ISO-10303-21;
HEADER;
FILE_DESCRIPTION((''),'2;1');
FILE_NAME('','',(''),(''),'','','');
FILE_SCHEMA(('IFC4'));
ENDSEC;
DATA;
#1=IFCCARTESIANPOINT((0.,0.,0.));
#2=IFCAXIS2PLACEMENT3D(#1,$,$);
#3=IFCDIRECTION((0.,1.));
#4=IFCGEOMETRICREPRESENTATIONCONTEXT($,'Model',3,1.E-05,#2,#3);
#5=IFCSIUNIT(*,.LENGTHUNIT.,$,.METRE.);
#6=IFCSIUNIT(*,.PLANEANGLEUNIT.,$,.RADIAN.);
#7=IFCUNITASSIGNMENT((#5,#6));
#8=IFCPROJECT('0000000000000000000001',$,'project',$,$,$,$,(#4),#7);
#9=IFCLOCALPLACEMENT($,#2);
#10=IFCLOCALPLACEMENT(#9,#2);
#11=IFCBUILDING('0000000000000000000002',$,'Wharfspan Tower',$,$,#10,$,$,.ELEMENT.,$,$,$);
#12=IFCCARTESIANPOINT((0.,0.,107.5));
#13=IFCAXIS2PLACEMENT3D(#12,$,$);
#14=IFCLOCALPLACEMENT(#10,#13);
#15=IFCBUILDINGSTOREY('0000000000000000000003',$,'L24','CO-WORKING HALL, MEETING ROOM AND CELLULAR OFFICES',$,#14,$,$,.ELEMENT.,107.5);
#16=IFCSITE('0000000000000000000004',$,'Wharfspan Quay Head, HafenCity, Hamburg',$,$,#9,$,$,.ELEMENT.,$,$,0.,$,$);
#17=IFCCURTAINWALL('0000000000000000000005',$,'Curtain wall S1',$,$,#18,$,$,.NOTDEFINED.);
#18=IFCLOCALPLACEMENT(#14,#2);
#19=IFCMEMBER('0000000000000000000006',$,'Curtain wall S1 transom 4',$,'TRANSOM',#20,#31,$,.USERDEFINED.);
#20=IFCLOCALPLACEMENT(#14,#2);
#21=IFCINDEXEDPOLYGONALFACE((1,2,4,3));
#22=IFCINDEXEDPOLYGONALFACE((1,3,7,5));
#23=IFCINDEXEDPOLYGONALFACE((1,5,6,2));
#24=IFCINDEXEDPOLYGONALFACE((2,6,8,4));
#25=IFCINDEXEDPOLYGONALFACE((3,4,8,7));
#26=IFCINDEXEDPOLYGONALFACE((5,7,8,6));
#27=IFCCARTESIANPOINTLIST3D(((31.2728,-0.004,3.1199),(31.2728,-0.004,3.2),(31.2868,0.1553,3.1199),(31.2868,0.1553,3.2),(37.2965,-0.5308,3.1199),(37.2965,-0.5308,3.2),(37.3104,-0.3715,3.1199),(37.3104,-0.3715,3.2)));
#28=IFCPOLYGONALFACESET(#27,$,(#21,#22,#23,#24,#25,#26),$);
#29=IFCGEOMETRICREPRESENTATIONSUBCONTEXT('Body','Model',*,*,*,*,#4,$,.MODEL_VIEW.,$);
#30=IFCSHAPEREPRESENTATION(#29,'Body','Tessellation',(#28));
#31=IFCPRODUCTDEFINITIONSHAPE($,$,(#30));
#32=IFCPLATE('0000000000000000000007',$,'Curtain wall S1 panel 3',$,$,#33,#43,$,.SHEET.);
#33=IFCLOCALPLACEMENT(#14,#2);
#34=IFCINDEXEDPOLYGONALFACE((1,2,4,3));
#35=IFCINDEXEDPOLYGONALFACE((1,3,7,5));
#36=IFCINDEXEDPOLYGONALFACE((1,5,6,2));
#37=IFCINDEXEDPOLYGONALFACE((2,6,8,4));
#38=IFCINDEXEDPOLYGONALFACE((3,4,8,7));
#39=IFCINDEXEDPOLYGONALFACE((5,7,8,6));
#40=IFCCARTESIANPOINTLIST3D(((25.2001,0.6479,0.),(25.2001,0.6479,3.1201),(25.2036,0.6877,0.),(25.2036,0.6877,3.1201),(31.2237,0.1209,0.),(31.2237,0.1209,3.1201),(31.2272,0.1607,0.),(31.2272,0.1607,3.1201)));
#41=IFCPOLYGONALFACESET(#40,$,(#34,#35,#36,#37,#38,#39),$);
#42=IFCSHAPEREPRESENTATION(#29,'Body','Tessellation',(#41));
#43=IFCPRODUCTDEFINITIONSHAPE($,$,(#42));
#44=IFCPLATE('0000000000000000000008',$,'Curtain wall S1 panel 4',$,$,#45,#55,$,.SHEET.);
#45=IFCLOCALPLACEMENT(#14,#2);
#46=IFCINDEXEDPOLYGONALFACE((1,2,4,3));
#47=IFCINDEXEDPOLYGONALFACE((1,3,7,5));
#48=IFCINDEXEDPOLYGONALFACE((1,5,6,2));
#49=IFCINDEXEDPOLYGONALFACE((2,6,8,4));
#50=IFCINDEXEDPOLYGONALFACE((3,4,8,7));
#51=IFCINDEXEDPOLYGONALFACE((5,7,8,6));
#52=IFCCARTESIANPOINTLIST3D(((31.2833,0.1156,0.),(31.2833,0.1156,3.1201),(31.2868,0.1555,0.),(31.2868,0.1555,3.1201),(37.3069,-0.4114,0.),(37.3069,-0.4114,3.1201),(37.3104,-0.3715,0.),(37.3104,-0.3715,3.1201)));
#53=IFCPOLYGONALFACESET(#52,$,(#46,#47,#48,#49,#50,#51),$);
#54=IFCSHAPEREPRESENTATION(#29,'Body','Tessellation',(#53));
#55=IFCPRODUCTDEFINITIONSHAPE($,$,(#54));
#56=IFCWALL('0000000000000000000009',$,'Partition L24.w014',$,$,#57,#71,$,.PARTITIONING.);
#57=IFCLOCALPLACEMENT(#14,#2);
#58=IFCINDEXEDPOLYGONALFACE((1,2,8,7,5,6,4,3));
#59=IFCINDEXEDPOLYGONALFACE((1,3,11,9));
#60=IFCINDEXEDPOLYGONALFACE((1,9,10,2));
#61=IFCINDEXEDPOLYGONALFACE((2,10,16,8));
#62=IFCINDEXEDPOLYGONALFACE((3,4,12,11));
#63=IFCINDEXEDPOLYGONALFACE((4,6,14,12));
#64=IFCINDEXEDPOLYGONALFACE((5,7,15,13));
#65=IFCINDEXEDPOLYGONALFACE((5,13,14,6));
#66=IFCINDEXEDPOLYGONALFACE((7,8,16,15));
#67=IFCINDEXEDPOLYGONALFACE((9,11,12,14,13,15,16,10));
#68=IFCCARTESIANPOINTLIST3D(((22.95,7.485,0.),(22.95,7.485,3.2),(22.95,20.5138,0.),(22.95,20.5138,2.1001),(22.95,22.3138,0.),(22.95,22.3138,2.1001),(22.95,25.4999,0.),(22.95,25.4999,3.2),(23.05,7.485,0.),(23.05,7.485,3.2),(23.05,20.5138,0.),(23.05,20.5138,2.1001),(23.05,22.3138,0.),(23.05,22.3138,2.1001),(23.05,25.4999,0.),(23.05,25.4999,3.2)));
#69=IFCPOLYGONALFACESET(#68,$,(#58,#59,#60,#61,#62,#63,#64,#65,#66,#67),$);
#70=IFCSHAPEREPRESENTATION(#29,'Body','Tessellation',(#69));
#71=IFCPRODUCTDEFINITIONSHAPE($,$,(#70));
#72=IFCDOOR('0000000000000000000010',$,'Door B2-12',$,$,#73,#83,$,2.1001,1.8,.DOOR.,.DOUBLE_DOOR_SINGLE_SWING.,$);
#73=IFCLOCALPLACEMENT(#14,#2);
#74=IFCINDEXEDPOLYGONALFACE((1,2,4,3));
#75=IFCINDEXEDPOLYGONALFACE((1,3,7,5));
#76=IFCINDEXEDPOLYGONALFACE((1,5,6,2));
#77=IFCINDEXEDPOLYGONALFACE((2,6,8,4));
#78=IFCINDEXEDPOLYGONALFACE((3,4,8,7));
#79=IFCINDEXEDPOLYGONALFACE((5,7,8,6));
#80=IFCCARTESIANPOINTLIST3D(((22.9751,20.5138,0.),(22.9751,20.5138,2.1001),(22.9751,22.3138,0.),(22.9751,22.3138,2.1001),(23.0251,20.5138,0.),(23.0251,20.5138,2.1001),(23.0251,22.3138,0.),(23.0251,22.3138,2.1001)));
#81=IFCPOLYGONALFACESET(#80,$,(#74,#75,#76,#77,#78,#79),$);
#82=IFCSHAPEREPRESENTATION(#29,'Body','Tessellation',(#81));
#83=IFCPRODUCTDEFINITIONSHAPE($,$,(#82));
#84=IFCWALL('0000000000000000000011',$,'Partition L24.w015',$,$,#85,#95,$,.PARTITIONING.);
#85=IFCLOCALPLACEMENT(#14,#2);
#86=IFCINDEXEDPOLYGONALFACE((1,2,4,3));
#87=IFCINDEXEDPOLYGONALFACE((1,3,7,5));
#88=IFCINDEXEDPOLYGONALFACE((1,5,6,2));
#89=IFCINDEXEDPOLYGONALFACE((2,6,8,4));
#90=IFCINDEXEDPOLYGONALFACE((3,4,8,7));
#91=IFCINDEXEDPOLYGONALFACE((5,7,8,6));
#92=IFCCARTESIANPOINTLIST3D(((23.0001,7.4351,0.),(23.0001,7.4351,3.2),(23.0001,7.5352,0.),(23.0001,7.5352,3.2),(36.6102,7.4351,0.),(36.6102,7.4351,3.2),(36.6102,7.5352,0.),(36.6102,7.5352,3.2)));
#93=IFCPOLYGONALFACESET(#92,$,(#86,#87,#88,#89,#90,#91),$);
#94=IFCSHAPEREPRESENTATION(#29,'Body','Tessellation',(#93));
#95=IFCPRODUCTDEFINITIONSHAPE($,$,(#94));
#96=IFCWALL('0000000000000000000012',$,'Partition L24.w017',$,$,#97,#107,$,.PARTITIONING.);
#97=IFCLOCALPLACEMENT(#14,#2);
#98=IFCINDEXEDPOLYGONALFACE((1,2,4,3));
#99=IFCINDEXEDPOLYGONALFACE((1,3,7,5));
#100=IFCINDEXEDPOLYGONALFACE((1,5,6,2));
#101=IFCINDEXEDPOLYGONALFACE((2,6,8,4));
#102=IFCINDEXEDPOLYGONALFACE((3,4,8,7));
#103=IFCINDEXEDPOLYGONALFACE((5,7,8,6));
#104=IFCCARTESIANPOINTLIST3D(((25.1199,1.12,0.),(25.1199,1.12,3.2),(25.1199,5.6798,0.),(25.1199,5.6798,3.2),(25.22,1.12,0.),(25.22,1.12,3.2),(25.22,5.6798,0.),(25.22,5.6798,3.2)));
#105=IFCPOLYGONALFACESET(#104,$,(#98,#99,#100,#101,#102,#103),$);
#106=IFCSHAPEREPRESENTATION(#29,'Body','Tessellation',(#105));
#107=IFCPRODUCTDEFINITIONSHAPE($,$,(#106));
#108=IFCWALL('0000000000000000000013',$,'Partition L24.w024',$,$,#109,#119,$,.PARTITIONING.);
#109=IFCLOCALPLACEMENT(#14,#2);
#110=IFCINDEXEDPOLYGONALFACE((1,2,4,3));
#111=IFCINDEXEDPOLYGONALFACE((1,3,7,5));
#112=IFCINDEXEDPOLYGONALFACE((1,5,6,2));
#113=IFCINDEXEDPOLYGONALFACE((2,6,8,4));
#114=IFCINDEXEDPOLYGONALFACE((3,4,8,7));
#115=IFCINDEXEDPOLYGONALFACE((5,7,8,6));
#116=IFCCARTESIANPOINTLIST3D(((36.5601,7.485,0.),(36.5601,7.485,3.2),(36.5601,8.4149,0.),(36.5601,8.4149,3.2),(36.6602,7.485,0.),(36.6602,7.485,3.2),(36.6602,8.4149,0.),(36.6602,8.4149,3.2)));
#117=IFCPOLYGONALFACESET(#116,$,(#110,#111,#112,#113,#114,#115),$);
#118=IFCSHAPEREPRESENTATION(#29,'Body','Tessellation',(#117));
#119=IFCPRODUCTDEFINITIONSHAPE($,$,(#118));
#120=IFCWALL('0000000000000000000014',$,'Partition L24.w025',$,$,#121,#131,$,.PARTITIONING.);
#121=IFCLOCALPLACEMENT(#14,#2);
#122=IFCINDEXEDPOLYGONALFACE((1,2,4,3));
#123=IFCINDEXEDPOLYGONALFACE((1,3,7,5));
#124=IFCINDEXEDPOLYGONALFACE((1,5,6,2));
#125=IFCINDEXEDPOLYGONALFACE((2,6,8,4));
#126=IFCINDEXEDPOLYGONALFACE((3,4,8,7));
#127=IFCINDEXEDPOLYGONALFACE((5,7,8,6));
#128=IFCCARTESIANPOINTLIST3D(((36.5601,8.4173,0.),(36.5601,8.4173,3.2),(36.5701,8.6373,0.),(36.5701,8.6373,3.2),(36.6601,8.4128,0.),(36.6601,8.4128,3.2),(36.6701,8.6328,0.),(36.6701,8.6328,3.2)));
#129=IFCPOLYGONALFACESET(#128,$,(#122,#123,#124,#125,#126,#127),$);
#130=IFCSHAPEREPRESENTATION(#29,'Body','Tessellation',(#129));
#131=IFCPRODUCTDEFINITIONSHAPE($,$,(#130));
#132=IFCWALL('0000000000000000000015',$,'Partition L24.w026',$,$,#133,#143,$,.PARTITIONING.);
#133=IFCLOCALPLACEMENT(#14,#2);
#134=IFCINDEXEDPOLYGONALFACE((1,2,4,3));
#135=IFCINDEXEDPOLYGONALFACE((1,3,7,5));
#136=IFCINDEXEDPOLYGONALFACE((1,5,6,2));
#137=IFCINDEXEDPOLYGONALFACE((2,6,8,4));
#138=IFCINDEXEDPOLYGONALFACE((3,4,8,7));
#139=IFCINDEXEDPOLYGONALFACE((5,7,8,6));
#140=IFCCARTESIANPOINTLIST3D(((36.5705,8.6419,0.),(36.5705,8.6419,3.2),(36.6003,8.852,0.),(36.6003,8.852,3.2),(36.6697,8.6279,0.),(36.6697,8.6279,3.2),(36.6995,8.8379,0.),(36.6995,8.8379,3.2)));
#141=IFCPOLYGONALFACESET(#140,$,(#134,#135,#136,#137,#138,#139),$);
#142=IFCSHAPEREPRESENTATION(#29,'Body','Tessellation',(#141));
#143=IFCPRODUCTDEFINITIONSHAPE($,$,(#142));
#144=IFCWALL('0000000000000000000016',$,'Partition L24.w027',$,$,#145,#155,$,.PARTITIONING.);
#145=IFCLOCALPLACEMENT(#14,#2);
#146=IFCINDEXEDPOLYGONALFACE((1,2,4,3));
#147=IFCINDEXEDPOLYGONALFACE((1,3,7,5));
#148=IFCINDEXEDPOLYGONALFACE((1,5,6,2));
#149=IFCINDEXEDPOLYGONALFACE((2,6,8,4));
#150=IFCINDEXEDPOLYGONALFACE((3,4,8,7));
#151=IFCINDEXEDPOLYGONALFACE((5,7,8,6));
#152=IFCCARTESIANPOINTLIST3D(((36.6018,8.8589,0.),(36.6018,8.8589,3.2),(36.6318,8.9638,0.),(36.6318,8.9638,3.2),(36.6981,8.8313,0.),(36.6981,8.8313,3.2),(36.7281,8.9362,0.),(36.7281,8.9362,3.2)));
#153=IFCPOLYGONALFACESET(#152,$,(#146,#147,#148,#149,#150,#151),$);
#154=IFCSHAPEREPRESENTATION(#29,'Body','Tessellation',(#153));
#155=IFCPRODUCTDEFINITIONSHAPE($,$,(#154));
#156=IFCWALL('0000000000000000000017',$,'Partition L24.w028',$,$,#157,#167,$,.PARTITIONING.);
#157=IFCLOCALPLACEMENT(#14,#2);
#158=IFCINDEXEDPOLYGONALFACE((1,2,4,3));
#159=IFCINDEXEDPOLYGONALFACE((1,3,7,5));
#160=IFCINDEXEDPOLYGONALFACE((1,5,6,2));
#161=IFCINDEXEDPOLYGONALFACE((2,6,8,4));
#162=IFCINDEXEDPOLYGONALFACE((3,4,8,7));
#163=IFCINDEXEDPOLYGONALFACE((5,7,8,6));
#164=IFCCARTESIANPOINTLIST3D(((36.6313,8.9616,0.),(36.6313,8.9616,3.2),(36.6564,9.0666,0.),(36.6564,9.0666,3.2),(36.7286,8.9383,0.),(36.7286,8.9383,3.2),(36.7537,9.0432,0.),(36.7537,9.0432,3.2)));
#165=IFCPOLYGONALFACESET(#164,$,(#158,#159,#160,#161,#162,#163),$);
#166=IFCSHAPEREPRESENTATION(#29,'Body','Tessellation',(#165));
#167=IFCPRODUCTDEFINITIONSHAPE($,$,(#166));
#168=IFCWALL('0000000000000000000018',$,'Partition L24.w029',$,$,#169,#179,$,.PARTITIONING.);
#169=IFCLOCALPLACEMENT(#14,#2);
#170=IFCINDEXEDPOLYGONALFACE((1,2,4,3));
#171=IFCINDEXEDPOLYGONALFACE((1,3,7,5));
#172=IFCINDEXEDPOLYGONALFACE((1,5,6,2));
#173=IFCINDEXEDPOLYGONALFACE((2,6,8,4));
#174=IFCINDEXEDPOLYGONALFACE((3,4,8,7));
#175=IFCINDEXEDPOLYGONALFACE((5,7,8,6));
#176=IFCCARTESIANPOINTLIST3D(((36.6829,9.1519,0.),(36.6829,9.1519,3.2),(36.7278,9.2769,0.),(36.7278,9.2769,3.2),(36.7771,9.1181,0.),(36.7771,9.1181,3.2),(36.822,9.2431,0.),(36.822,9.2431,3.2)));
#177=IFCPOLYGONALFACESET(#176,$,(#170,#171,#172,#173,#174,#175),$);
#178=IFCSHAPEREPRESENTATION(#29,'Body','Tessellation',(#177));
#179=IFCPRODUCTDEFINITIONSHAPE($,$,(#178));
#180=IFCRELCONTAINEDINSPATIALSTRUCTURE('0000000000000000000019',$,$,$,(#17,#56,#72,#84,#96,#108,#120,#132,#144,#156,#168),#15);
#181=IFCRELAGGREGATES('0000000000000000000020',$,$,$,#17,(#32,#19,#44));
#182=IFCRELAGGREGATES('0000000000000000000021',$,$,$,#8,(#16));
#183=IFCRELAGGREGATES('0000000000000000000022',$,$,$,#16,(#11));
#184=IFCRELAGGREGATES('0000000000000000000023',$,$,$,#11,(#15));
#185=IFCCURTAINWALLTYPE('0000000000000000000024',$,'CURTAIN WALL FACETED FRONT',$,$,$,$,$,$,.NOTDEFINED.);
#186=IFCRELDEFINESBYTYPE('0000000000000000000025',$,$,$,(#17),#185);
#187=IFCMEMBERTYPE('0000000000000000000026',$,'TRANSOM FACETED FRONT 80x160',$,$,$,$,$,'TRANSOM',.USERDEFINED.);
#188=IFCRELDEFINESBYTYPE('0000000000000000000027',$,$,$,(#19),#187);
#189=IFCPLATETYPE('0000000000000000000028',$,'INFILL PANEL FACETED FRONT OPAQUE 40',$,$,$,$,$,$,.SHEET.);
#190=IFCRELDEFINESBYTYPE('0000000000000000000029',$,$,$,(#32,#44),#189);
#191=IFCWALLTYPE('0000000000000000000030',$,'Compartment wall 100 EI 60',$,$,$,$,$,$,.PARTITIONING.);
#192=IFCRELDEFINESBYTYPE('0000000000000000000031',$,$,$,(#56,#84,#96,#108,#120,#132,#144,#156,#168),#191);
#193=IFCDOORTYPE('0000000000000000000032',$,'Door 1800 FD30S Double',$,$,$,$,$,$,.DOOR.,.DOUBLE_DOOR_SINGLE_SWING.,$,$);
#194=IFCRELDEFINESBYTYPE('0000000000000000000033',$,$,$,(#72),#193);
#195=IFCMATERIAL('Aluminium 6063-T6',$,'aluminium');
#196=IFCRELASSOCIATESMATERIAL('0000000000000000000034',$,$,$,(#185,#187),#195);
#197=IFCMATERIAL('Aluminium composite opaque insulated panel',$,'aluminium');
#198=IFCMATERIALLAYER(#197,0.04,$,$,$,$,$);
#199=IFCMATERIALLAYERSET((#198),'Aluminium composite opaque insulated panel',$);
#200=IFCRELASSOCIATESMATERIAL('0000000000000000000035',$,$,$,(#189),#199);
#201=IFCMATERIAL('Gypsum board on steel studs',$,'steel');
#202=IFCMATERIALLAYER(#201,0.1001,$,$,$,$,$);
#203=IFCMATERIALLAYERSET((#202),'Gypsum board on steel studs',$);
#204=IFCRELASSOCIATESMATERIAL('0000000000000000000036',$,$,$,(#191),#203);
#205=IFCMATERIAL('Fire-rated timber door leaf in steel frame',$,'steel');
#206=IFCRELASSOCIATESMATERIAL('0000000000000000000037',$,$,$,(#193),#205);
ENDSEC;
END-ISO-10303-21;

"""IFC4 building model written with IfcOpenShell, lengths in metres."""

from ifc_helpers import new_model, si_unit, direction, frame, frame_2d, origin, origin_2d, place, context, subcontext, project, spatial, rectangle, extrude, material, layer, layer_set, material_profile, profile_set, type_object, element, fill, aggregate, save


model = new_model("IFC4")

# Units and contexts
model_context = context("Model", 3, precision=1e-05, world=origin(), true_north=direction((0.0, 1.0)))
body_context = subcontext(model_context, "Body", "Model", "MODEL_VIEW")
ifc_project = project(units=[si_unit("LENGTHUNIT", "METRE"), si_unit("PLANEANGLEUNIT", "RADIAN")], contexts=[model_context])

# Site, building, storey
site_placement = place(None, origin())
site = spatial("IfcSite", under=ifc_project, at=site_placement, Name="Wharfspan Quay Head, HafenCity, Hamburg", CompositionType="ELEMENT", RefElevation=0.0)
building_placement = place(site_placement, origin())
building = spatial("IfcBuilding", under=site, at=building_placement, Name="Wharfspan Tower", CompositionType="ELEMENT")
storey_placement = place(building_placement, frame((0.0, 0.0, 107.5)))
storey = spatial("IfcBuildingStorey", under=building, at=storey_placement, Name="L24", Description="CO-WORKING HALL, MEETING ROOM AND CELLULAR OFFICES", CompositionType="ELEMENT", Elevation=107.5)

# Curtain wall
ifc_material_1 = material(Name="Aluminium 6063-T6", Category="aluminium")
curtain_wall_type = type_object("IfcCurtainWallType", Name="CURTAIN WALL FACETED FRONT", PredefinedType="NOTDEFINED", material=ifc_material_1)
curtain_wall_placement = place(storey_placement, origin())
curtain_wall = element("IfcCurtainWall", 1, at=curtain_wall_placement, inside=storey, type_object=curtain_wall_type, Name="Curtain wall S1", PredefinedType="NOTDEFINED")

# Member
ifc_material_profile_1 = material_profile(ifc_material_1, rectangle(XDim=0.1599, YDim=0.0801, at=origin_2d()))
ifc_profile_set_1 = profile_set([ifc_material_profile_1], Name="Aluminium 6063-T6")
member_type_1 = type_object("IfcMemberType", Name="TRANSOM FACETED FRONT 80x160", ElementType="TRANSOM", PredefinedType="USERDEFINED", material=ifc_profile_set_1)
member_1_placement = place(storey_placement, frame((31.2798, 0.0757, 3.1599), z_axis=(0.996197, -0.087131, 0.0), x_axis=(0.087131, 0.996197, 0.0)))
member_1 = element("IfcMember", 2, at=member_1_placement, type_object=member_type_1, Name="Curtain wall S1 transom 4", ObjectType="TRANSOM", PredefinedType="USERDEFINED", context=body_context, shape_type="SweptSolid", body=[
    extrude(rectangle(XDim=0.1599, YDim=0.0801, at=origin_2d()), origin(), (0.0, 0.0, 1.0), 6.0466),
])

# Plates
ifc_material_2 = material(Name="Aluminium composite opaque insulated panel", Category="aluminium")
ifc_layer_1 = layer(ifc_material_2, 0.04)
ifc_layer_set_1 = layer_set([ifc_layer_1], Name="Aluminium composite opaque insulated panel")
plate_type = type_object("IfcPlateType", Name="INFILL PANEL FACETED FRONT OPAQUE 40", PredefinedType="SHEET", material=ifc_layer_set_1)
plate_1_placement = place(storey_placement, frame((28.2136, 0.4043, 0.0), z_axis=(0.0, 0.0, 1.0), x_axis=(0.996198, -0.087156, 0.0)))
plate_1 = element("IfcPlate", 3, at=plate_1_placement, type_object=plate_type, Name="Curtain wall S1 panel 3", PredefinedType="SHEET", context=body_context, shape_type="SweptSolid", body=[
    extrude(rectangle(XDim=6.0466, YDim=0.04, at=origin_2d()), origin(), (0.0, 0.0, 1.0), 3.1201),
])
plate_2_placement = place(storey_placement, frame((34.2969, -0.1279, 0.0), z_axis=(0.0, 0.0, 1.0), x_axis=(0.996198, -0.087156, 0.0)))
plate_2 = element("IfcPlate", 4, at=plate_2_placement, type_object=plate_type, Name="Curtain wall S1 panel 4", PredefinedType="SHEET", context=body_context, shape_type="SweptSolid", body=[
    extrude(rectangle(XDim=6.0466, YDim=0.04, at=origin_2d()), origin(), (0.0, 0.0, 1.0), 3.1201),
])
aggregate(curtain_wall, [plate_1, member_1, plate_2])

# Wall, opening, door
ifc_material_3 = material(Name="Gypsum board on steel studs", Category="steel")
ifc_layer_2 = layer(ifc_material_3, 0.1001)
ifc_layer_set_2 = layer_set([ifc_layer_2], Name="Gypsum board on steel studs")
wall_type_1 = type_object("IfcWallType", Name="Compartment wall 100 EI 60", PredefinedType="PARTITIONING", material=ifc_layer_set_2)
wall_1_placement = place(storey_placement, frame((23.0, 7.4851, 0.0), z_axis=(0.0, 0.0, 1.0), x_axis=(0.0, 1.0, 0.0)))
wall_1 = element("IfcWall", 5, at=wall_1_placement, inside=storey, type_object=wall_type_1, Name="Partition L24.w014", PredefinedType="PARTITIONING", context=body_context, shape_type="SweptSolid", body=[
    extrude(rectangle(XDim=18.0149, YDim=0.1001, at=frame_2d((9.0073, 0.0))), origin(), (0.0, 0.0, 1.0), 3.2),
])
opening_1_placement = place(wall_1_placement, frame((13.0288, 0.0, 0.0)))
opening_1 = element("IfcOpeningElement", 6, at=opening_1_placement, cuts=wall_1, PredefinedType="OPENING", context=body_context, shape_type="SweptSolid", body=[
    extrude(rectangle(XDim=1.8, YDim=2.1001, at=frame_2d((0.8999, 1.05))), frame((0.0, 0.0601, 0.0), z_axis=(0.0, -1.0, 0.0), x_axis=(1.0, 0.0, 0.0)), (0.0, 0.0, 1.0), 0.1201),
])
ifc_material_4 = material(Name="Fire-rated timber door leaf in steel frame", Category="steel")
door_type_1 = type_object("IfcDoorType", Name="Door 1800 FD30S Double", OperationType="DOUBLE_DOOR_SINGLE_SWING", PredefinedType="DOOR", material=ifc_material_4)
door_1_placement = place(opening_1_placement, origin())
door_1 = element("IfcDoor", 7, at=door_1_placement, inside=storey, type_object=door_type_1, Name="Door B2-12", OperationType="DOUBLE_DOOR_SINGLE_SWING", OverallHeight=2.1001, OverallWidth=1.8, PredefinedType="DOOR", context=body_context, shape_type="SweptSolid", body=[
    extrude(rectangle(XDim=1.8, YDim=2.1001, at=frame_2d((0.8999, 1.05))), frame((0.0, 0.0249, 0.0), z_axis=(0.0, -1.0, 0.0), x_axis=(1.0, 0.0, 0.0)), (0.0, 0.0, 1.0), 0.05),
])
fill(opening_1, door_1)

# Walls
wall_2_placement = place(storey_placement, frame((23.0, 7.4851, 0.0), z_axis=(0.0, 0.0, 1.0), x_axis=(1.0, 0.0, 0.0)))
element("IfcWall", 8, at=wall_2_placement, inside=storey, type_object=wall_type_1, Name="Partition L24.w015", PredefinedType="PARTITIONING", context=body_context, shape_type="SweptSolid", body=[
    extrude(rectangle(XDim=13.6101, YDim=0.1001, at=frame_2d((6.8052, 0.0))), origin(), (0.0, 0.0, 1.0), 3.2),
])
wall_3_placement = place(storey_placement, frame((25.1699, 1.1201, 0.0), z_axis=(0.0, 0.0, 1.0), x_axis=(0.0, 1.0, 0.0)))
element("IfcWall", 9, at=wall_3_placement, inside=storey, type_object=wall_type_1, Name="Partition L24.w017", PredefinedType="PARTITIONING", context=body_context, shape_type="SweptSolid", body=[
    extrude(rectangle(XDim=4.5598, YDim=0.1001, at=frame_2d((2.2798, 0.0))), origin(), (0.0, 0.0, 1.0), 3.2),
])
wall_4_placement = place(storey_placement, frame((36.6101, 7.4851, 0.0), z_axis=(0.0, 0.0, 1.0), x_axis=(0.0, 1.0, 0.0)))
element("IfcWall", 10, at=wall_4_placement, inside=storey, type_object=wall_type_1, Name="Partition L24.w024", PredefinedType="PARTITIONING", context=body_context, shape_type="SweptSolid", body=[
    extrude(rectangle(XDim=0.9299, YDim=0.1001, at=frame_2d((0.4648, 0.0))), origin(), (0.0, 0.0, 1.0), 3.2),
])
wall_5_placement = place(storey_placement, frame((36.6101, 8.415, 0.0), z_axis=(0.0, 0.0, 1.0), x_axis=(0.045458, 0.998967, 0.0)))
element("IfcWall", 11, at=wall_5_placement, inside=storey, type_object=wall_type_1, Name="Partition L24.w025", PredefinedType="PARTITIONING", context=body_context, shape_type="SweptSolid", body=[
    extrude(rectangle(XDim=0.2202, YDim=0.1001, at=frame_2d((0.1101, 0.0))), origin(), (0.0, 0.0, 1.0), 3.2),
])
wall_6_placement = place(storey_placement, frame((36.6201, 8.635, 0.0), z_axis=(0.0, 0.0, 1.0), x_axis=(0.140454, 0.990086, 0.0)))
element("IfcWall", 12, at=wall_6_placement, inside=storey, type_object=wall_type_1, Name="Partition L24.w026", PredefinedType="PARTITIONING", context=body_context, shape_type="SweptSolid", body=[
    extrude(rectangle(XDim=0.2122, YDim=0.1001, at=frame_2d((0.106, 0.0))), origin(), (0.0, 0.0, 1.0), 3.2),
])
wall_7_placement = place(storey_placement, frame((36.6499, 8.845, 0.0), z_axis=(0.0, 0.0, 1.0), x_axis=(0.275016, 0.961438, 0.0)))
element("IfcWall", 13, at=wall_7_placement, inside=storey, type_object=wall_type_1, Name="Partition L24.w027", PredefinedType="PARTITIONING", context=body_context, shape_type="SweptSolid", body=[
    extrude(rectangle(XDim=0.1091, YDim=0.1001, at=frame_2d((0.0547, 0.0))), origin(), (0.0, 0.0, 1.0), 3.2),
])
wall_8_placement = place(storey_placement, frame((36.6799, 8.95, 0.0), z_axis=(0.0, 0.0, 1.0), x_axis=(0.232946, 0.972493, 0.0)))
element("IfcWall", 14, at=wall_8_placement, inside=storey, type_object=wall_type_1, Name="Partition L24.w028", PredefinedType="PARTITIONING", context=body_context, shape_type="SweptSolid", body=[
    extrude(rectangle(XDim=0.1079, YDim=0.1001, at=frame_2d((0.054, 0.0))), origin(), (0.0, 0.0, 1.0), 3.2),
])
wall_9_placement = place(storey_placement, frame((36.73, 9.135, 0.0), z_axis=(0.0, 0.0, 1.0), x_axis=(0.3382, 0.941078, 0.0)))
element("IfcWall", 15, at=wall_9_placement, inside=storey, type_object=wall_type_1, Name="Partition L24.w029", PredefinedType="PARTITIONING", context=body_context, shape_type="SweptSolid", body=[
    extrude(rectangle(XDim=0.1328, YDim=0.1001, at=frame_2d((0.0664, 0.0))), origin(), (0.0, 0.0, 1.0), 3.2),
])

save(model, "model.ifc")
